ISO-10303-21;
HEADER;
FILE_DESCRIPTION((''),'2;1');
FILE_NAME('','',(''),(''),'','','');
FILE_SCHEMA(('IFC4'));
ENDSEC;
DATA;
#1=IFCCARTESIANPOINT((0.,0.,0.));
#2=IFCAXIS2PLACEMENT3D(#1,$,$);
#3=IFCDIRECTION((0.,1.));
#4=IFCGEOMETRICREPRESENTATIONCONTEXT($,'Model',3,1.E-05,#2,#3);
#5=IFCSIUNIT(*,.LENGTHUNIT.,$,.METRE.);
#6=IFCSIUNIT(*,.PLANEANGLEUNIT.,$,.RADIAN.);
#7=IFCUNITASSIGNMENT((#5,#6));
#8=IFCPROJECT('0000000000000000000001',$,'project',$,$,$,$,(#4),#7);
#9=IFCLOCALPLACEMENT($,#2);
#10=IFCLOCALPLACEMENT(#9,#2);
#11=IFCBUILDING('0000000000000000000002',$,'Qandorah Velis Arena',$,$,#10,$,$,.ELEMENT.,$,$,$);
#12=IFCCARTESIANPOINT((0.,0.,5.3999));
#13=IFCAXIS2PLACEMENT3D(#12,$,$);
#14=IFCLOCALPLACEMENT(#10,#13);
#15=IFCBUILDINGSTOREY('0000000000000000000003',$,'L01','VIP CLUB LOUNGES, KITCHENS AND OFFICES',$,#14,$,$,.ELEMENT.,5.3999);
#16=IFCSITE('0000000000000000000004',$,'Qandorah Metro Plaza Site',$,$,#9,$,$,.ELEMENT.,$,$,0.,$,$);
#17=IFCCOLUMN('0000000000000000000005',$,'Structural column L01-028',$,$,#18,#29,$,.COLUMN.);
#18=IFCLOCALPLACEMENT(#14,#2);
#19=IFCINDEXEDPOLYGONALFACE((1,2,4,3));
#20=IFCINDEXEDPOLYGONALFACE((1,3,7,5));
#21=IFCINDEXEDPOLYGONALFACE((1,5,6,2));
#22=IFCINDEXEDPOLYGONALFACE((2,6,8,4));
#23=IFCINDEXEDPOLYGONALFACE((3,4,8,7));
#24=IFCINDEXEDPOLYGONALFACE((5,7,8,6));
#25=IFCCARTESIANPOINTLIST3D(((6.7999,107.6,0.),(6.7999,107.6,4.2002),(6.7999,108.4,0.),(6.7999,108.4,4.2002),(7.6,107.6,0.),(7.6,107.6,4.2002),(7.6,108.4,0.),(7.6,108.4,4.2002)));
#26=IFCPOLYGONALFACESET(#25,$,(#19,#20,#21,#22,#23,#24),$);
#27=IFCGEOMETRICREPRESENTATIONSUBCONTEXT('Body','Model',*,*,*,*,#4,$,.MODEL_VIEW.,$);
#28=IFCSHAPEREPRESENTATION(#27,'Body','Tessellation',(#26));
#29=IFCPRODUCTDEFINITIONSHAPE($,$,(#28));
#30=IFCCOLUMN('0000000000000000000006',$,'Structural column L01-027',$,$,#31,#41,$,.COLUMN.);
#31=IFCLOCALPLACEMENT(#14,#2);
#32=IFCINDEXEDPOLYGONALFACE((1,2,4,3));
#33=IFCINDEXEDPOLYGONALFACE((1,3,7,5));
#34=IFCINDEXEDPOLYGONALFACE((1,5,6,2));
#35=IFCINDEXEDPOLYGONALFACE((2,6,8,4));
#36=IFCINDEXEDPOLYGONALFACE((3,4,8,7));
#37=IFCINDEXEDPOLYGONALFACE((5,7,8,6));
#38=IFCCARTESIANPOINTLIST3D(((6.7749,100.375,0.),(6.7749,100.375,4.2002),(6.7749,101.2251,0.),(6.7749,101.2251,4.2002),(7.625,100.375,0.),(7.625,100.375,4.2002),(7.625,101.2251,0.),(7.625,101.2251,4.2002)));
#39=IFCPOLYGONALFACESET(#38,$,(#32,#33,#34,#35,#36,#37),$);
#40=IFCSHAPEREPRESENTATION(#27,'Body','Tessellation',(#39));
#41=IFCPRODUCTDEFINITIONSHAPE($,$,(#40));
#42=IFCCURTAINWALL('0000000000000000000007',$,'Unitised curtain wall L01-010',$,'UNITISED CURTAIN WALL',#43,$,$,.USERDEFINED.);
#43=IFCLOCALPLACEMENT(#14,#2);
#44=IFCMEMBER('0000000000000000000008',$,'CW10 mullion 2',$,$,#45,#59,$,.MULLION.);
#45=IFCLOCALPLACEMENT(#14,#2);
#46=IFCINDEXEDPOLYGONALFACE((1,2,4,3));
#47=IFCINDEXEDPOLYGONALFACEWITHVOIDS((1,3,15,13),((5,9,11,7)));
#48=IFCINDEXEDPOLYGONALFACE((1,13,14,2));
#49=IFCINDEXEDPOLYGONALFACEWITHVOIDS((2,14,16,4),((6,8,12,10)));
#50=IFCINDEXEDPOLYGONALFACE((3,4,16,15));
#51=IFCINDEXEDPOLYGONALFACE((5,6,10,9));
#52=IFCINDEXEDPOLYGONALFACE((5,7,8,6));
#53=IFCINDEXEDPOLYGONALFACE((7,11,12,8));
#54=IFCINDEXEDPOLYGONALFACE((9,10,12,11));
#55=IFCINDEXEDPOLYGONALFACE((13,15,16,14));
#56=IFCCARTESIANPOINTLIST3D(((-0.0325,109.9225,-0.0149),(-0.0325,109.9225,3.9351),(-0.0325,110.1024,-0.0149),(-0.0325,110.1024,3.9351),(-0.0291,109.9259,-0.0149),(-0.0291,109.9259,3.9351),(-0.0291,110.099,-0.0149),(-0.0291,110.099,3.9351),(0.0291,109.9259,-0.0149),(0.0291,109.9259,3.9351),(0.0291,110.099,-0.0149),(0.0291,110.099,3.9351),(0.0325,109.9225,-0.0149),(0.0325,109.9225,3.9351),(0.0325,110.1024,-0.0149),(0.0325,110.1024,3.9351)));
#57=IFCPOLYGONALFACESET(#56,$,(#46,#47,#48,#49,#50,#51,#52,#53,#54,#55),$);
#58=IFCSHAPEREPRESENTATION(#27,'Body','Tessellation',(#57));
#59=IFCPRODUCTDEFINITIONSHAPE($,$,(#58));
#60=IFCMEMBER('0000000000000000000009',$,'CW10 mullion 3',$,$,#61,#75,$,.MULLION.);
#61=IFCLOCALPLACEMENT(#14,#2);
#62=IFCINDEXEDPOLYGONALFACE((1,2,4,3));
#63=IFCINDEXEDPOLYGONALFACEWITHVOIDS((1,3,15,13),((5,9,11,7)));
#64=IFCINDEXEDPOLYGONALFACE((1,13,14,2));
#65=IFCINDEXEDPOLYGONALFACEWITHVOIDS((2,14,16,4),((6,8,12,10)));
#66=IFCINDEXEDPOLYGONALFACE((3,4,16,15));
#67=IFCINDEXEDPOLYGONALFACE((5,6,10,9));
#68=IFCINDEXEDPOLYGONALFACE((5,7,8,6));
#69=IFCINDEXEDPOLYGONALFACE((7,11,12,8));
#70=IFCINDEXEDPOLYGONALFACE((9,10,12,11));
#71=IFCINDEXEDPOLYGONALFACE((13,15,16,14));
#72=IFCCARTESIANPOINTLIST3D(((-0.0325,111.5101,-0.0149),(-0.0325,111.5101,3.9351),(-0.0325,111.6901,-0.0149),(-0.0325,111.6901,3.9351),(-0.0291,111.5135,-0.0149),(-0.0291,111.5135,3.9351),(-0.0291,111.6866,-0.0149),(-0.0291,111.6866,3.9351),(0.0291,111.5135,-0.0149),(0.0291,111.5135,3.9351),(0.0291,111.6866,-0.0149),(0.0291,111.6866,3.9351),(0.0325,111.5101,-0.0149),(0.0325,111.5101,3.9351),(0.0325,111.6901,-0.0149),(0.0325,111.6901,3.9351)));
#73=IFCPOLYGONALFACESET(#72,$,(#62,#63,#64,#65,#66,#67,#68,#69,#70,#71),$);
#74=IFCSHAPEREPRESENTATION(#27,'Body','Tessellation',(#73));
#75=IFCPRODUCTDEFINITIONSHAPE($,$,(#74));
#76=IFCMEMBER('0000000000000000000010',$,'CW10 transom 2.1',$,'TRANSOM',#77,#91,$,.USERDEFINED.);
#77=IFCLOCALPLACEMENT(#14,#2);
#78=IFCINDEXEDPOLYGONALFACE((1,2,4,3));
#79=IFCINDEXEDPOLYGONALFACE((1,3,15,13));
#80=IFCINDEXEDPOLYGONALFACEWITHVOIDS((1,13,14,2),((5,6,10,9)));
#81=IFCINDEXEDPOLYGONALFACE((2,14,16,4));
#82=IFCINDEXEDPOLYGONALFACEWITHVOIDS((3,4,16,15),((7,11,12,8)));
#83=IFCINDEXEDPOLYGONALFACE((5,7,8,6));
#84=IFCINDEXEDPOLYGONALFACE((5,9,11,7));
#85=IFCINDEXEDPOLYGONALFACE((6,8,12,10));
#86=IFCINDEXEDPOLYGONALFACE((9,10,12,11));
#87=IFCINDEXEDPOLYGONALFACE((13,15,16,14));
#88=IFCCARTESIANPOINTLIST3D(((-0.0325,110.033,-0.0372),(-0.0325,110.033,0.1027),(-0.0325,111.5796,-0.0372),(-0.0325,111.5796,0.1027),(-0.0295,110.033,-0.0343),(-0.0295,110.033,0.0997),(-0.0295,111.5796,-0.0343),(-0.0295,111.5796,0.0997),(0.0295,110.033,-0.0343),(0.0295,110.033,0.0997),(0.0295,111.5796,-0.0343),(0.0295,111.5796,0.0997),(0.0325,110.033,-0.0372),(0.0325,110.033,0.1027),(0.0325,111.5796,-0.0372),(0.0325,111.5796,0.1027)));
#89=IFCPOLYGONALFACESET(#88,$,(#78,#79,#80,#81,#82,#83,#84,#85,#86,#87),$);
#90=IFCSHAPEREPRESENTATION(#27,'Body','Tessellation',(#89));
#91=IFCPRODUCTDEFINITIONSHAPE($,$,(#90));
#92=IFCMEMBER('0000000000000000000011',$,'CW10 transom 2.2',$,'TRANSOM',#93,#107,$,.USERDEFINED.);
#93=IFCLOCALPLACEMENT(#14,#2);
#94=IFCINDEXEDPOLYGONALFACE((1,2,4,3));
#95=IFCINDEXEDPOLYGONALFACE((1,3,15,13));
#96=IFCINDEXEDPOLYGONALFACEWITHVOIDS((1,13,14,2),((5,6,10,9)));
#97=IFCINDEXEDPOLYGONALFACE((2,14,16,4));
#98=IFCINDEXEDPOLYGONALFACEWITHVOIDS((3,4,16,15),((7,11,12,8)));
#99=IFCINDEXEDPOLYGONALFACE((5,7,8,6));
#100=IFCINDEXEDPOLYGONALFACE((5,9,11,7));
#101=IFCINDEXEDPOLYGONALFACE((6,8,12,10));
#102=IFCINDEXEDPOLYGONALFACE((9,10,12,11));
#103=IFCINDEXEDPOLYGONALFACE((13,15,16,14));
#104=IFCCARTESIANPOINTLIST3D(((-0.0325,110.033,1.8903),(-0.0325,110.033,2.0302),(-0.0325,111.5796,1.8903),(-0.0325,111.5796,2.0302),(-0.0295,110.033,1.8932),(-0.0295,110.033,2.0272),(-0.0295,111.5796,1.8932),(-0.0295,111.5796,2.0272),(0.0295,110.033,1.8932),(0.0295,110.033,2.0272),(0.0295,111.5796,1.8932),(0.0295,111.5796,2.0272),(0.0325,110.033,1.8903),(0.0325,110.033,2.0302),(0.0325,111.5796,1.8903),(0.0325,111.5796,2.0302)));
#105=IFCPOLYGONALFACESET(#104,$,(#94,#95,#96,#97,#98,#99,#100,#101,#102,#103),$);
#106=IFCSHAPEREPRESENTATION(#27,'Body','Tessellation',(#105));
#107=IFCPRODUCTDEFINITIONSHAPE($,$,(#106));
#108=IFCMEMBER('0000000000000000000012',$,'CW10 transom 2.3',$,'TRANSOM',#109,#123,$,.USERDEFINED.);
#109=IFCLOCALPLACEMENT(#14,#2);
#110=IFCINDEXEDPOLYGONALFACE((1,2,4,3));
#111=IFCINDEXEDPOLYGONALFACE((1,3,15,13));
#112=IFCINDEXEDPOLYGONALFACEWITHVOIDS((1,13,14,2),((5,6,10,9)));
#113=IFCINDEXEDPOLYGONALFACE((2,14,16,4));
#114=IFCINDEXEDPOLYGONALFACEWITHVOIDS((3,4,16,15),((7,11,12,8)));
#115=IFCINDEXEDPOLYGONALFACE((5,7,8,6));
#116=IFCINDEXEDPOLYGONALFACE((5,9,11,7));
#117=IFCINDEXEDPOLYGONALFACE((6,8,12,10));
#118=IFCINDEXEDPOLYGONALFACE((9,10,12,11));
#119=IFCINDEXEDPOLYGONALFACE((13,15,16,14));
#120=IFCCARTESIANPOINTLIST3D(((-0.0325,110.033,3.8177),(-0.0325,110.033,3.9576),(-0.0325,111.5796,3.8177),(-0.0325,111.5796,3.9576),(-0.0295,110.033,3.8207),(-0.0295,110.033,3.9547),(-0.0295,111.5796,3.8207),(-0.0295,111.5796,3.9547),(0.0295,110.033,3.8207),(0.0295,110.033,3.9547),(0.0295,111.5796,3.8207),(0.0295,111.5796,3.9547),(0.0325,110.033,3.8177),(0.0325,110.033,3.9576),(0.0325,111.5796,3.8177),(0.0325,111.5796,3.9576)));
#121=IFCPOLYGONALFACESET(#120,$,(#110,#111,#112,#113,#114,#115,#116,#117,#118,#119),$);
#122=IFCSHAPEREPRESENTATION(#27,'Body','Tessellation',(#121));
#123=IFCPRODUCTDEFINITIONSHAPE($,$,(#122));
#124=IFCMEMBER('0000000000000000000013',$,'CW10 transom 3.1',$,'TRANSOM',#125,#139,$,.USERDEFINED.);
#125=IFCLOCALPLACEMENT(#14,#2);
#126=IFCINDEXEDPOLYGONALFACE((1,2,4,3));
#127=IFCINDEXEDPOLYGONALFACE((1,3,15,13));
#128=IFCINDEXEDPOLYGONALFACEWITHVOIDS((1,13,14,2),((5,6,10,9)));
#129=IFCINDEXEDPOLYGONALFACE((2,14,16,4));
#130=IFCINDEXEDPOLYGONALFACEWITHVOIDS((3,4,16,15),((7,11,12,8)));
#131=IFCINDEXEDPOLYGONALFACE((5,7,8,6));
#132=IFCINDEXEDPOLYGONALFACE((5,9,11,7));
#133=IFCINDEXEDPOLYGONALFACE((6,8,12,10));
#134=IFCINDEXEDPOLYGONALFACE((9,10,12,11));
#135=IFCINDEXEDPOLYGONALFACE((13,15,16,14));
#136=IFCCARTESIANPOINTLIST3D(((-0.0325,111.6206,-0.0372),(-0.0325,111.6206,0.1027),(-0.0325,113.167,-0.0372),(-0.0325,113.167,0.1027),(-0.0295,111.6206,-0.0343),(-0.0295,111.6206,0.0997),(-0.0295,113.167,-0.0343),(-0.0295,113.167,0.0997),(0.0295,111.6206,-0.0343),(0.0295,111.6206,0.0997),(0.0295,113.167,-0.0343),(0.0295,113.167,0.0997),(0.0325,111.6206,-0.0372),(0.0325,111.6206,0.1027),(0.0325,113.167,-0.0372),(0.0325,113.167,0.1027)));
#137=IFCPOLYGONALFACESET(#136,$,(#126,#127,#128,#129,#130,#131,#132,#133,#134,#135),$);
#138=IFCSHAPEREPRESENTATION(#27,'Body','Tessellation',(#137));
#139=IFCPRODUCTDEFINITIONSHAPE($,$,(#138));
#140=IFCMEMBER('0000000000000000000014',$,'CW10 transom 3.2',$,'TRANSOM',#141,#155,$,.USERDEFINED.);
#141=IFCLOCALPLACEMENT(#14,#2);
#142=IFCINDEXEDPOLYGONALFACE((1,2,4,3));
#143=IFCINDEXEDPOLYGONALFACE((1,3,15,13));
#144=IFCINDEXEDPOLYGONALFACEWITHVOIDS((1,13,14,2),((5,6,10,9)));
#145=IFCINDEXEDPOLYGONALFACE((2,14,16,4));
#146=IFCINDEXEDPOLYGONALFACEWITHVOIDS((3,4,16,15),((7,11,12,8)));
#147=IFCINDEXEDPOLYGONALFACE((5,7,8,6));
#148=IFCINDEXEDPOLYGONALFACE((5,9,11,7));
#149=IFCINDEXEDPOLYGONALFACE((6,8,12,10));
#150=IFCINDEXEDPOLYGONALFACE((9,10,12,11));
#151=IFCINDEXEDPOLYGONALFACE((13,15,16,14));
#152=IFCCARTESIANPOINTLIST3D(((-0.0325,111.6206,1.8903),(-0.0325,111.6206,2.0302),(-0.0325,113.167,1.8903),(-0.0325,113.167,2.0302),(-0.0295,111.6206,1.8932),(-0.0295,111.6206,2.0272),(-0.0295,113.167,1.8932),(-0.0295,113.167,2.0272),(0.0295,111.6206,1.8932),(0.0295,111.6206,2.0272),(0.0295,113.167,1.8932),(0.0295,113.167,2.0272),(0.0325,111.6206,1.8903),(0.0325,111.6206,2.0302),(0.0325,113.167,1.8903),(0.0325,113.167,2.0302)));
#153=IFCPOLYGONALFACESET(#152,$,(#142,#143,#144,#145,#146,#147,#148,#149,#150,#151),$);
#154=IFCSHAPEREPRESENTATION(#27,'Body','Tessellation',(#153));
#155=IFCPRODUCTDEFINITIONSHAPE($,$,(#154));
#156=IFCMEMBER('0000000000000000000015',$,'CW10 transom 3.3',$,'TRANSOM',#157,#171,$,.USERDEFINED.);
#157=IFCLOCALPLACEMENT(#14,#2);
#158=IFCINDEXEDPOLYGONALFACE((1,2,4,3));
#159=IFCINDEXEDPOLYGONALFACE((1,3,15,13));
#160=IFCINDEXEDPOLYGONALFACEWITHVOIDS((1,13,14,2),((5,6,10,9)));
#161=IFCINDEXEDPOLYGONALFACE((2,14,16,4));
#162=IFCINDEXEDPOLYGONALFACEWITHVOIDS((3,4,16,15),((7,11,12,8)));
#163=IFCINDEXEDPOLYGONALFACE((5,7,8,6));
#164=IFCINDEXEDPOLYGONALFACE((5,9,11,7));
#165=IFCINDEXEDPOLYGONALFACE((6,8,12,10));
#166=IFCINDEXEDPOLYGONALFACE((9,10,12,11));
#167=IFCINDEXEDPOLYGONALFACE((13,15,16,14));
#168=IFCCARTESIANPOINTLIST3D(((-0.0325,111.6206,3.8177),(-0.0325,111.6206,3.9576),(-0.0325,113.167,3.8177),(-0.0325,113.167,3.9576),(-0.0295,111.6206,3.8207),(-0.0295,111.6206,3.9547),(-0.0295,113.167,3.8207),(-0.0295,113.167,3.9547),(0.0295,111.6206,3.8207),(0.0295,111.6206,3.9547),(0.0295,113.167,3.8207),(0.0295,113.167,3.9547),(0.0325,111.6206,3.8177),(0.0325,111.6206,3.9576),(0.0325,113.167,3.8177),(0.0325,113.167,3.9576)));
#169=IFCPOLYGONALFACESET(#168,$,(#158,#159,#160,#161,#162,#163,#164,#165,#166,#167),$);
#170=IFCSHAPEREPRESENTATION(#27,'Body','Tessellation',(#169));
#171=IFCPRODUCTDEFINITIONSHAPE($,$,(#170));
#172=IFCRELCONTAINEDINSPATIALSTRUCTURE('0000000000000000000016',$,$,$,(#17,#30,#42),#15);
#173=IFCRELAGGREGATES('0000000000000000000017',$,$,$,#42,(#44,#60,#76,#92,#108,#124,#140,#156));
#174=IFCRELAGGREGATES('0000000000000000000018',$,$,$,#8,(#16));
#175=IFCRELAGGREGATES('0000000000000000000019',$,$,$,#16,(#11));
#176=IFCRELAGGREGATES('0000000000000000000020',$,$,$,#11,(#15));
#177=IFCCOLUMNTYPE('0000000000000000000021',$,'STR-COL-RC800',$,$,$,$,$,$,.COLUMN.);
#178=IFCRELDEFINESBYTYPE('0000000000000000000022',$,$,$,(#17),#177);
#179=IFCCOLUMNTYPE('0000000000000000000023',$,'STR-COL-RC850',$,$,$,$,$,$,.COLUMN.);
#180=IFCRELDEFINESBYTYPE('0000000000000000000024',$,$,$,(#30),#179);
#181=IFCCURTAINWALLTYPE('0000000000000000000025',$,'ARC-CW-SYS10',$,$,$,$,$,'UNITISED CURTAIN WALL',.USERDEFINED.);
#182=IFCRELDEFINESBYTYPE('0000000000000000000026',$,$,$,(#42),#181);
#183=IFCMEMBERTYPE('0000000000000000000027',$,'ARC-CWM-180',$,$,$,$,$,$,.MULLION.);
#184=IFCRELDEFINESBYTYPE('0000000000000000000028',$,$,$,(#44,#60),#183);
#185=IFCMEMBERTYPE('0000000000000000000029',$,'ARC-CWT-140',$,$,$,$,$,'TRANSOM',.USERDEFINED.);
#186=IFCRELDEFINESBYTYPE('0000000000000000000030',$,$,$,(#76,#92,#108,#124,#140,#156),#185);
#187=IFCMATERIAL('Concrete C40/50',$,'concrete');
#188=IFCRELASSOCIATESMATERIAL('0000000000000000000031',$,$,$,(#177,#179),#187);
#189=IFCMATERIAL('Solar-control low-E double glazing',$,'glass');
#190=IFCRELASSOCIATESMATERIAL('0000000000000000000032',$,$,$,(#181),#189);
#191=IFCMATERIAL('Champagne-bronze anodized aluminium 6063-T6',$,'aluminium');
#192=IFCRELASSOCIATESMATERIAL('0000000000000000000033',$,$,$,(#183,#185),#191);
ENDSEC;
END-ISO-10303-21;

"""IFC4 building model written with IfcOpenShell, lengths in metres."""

from ifc_helpers import new_model, si_unit, direction, frame, origin, origin_2d, place, context, subcontext, project, spatial, rectangle, hollow_rectangle, extrude, material, material_profile, profile_set, type_object, element, aggregate, save


model = new_model("IFC4")

# Units and contexts
model_context = context("Model", 3, precision=1e-05, world=origin(), true_north=direction((0.0, 1.0)))
body_context = subcontext(model_context, "Body", "Model", "MODEL_VIEW")
ifc_project = project(units=[si_unit("LENGTHUNIT", "METRE"), si_unit("PLANEANGLEUNIT", "RADIAN")], contexts=[model_context])

# Site, building, storey
site_placement = place(None, origin())
site = spatial("IfcSite", under=ifc_project, at=site_placement, Name="Qandorah Metro Plaza Site", CompositionType="ELEMENT", RefElevation=0.0)
building_placement = place(site_placement, origin())
building = spatial("IfcBuilding", under=site, at=building_placement, Name="Qandorah Velis Arena", CompositionType="ELEMENT")
storey_placement = place(building_placement, frame((0.0, 0.0, 5.3999)))
storey = spatial("IfcBuildingStorey", under=building, at=storey_placement, Name="L01", Description="VIP CLUB LOUNGES, KITCHENS AND OFFICES", CompositionType="ELEMENT", Elevation=5.3999)

# Columns
ifc_material_1 = material(Name="Concrete C40/50", Category="concrete")
ifc_material_profile_1 = material_profile(ifc_material_1, rectangle(XDim=0.8, YDim=0.8, at=origin_2d()), Name="RC COL 800x800")
ifc_profile_set_1 = profile_set([ifc_material_profile_1], Name="Concrete C40/50")
column_type_1 = type_object("IfcColumnType", Name="STR-COL-RC800", PredefinedType="COLUMN", material=ifc_profile_set_1)
column_1_placement = place(storey_placement, frame((7.2, 108.0, 0.0), z_axis=(0.0, 0.0, 1.0), x_axis=(1.0, 0.0, 0.0)))
element("IfcColumn", 1, at=column_1_placement, inside=storey, type_object=column_type_1, Name="Structural column L01-028", PredefinedType="COLUMN", context=body_context, shape_type="SweptSolid", body=[
    extrude(rectangle(XDim=0.8, YDim=0.8, at=origin_2d()), origin(), (0.0, 0.0, 1.0), 4.2002),
])
ifc_material_profile_2 = material_profile(ifc_material_1, rectangle(XDim=0.8501, YDim=0.8501, at=origin_2d()), Name="RC COL 850x850")
ifc_profile_set_2 = profile_set([ifc_material_profile_2], Name="Concrete C40/50")
column_type_2 = type_object("IfcColumnType", Name="STR-COL-RC850", PredefinedType="COLUMN", material=ifc_profile_set_2)
column_2_placement = place(storey_placement, frame((7.2, 100.8, 0.0), z_axis=(0.0, 0.0, 1.0), x_axis=(1.0, 0.0, 0.0)))
element("IfcColumn", 2, at=column_2_placement, inside=storey, type_object=column_type_2, Name="Structural column L01-027", PredefinedType="COLUMN", context=body_context, shape_type="SweptSolid", body=[
    extrude(rectangle(XDim=0.8501, YDim=0.8501, at=origin_2d()), origin(), (0.0, 0.0, 1.0), 4.2002),
])

# Curtain wall, members
ifc_material_2 = material(Name="Solar-control low-E double glazing", Category="glass")
curtain_wall_type = type_object("IfcCurtainWallType", Name="ARC-CW-SYS10", ElementType="UNITISED CURTAIN WALL", PredefinedType="USERDEFINED", material=ifc_material_2)
curtain_wall_placement = place(storey_placement, origin())
curtain_wall = element("IfcCurtainWall", 3, at=curtain_wall_placement, inside=storey, type_object=curtain_wall_type, Name="Unitised curtain wall L01-010", ObjectType="UNITISED CURTAIN WALL", PredefinedType="USERDEFINED")
ifc_material_3 = material(Name="Champagne-bronze anodized aluminium 6063-T6", Category="aluminium")
ifc_material_profile_3 = material_profile(ifc_material_3, hollow_rectangle(XDim=0.0649, YDim=0.1799, WallThickness=0.0034, at=origin_2d()), Name="ALU MULLION 65x180")
ifc_profile_set_3 = profile_set([ifc_material_profile_3], Name="Champagne-bronze anodized aluminium 6063-T6")
member_type_1 = type_object("IfcMemberType", Name="ARC-CWM-180", PredefinedType="MULLION", material=ifc_profile_set_3)
member_1_placement = place(storey_placement, frame((0.0, 110.0125, -0.0149), z_axis=(0.0, 0.0, 1.0), x_axis=(-1.0, 0.0, 0.0)))
member_1 = element("IfcMember", 4, at=member_1_placement, type_object=member_type_1, Name="CW10 mullion 2", PredefinedType="MULLION", context=body_context, shape_type="SweptSolid", body=[
    extrude(hollow_rectangle(XDim=0.0649, YDim=0.1799, WallThickness=0.0034, at=origin_2d()), origin(), (0.0, 0.0, 1.0), 3.95),
])
member_2_placement = place(storey_placement, frame((0.0, 111.6001, -0.0149), z_axis=(0.0, 0.0, 1.0), x_axis=(-1.0, 0.0, 0.0)))
member_2 = element("IfcMember", 5, at=member_2_placement, type_object=member_type_1, Name="CW10 mullion 3", PredefinedType="MULLION", context=body_context, shape_type="SweptSolid", body=[
    extrude(hollow_rectangle(XDim=0.0649, YDim=0.1799, WallThickness=0.0034, at=origin_2d()), origin(), (0.0, 0.0, 1.0), 3.95),
])
ifc_material_profile_4 = material_profile(ifc_material_3, hollow_rectangle(XDim=0.0649, YDim=0.1399, WallThickness=0.0029, at=origin_2d()), Name="ALU TRANSOM 65x140")
ifc_profile_set_4 = profile_set([ifc_material_profile_4], Name="Champagne-bronze anodized aluminium 6063-T6")
member_type_2 = type_object("IfcMemberType", Name="ARC-CWT-140", ElementType="TRANSOM", PredefinedType="USERDEFINED", material=ifc_profile_set_4)
member_3_placement = place(storey_placement, frame((0.0, 110.033, 0.0327), z_axis=(0.0, 1.0, 0.0), x_axis=(-1.0, 0.0, 0.0)))
member_3 = element("IfcMember", 6, at=member_3_placement, type_object=member_type_2, Name="CW10 transom 2.1", ObjectType="TRANSOM", PredefinedType="USERDEFINED", context=body_context, shape_type="SweptSolid", body=[
    extrude(hollow_rectangle(XDim=0.0649, YDim=0.1399, WallThickness=0.0029, at=origin_2d()), origin(), (0.0, 0.0, 1.0), 1.5466),
])
member_4_placement = place(storey_placement, frame((0.0, 110.033, 1.9602), z_axis=(0.0, 1.0, 0.0), x_axis=(-1.0, 0.0, 0.0)))
member_4 = element("IfcMember", 7, at=member_4_placement, type_object=member_type_2, Name="CW10 transom 2.2", ObjectType="TRANSOM", PredefinedType="USERDEFINED", context=body_context, shape_type="SweptSolid", body=[
    extrude(hollow_rectangle(XDim=0.0649, YDim=0.1399, WallThickness=0.0029, at=origin_2d()), origin(), (0.0, 0.0, 1.0), 1.5466),
])
member_5_placement = place(storey_placement, frame((0.0, 110.033, 3.8877), z_axis=(0.0, 1.0, 0.0), x_axis=(-1.0, 0.0, 0.0)))
member_5 = element("IfcMember", 8, at=member_5_placement, type_object=member_type_2, Name="CW10 transom 2.3", ObjectType="TRANSOM", PredefinedType="USERDEFINED", context=body_context, shape_type="SweptSolid", body=[
    extrude(hollow_rectangle(XDim=0.0649, YDim=0.1399, WallThickness=0.0029, at=origin_2d()), origin(), (0.0, 0.0, 1.0), 1.5466),
])
member_6_placement = place(storey_placement, frame((0.0, 111.6206, 0.0327), z_axis=(0.0, 1.0, 0.0), x_axis=(-1.0, 0.0, 0.0)))
member_6 = element("IfcMember", 9, at=member_6_placement, type_object=member_type_2, Name="CW10 transom 3.1", ObjectType="TRANSOM", PredefinedType="USERDEFINED", context=body_context, shape_type="SweptSolid", body=[
    extrude(hollow_rectangle(XDim=0.0649, YDim=0.1399, WallThickness=0.0029, at=origin_2d()), origin(), (0.0, 0.0, 1.0), 1.5464),
])
member_7_placement = place(storey_placement, frame((0.0, 111.6206, 1.9602), z_axis=(0.0, 1.0, 0.0), x_axis=(-1.0, 0.0, 0.0)))
member_7 = element("IfcMember", 10, at=member_7_placement, type_object=member_type_2, Name="CW10 transom 3.2", ObjectType="TRANSOM", PredefinedType="USERDEFINED", context=body_context, shape_type="SweptSolid", body=[
    extrude(hollow_rectangle(XDim=0.0649, YDim=0.1399, WallThickness=0.0029, at=origin_2d()), origin(), (0.0, 0.0, 1.0), 1.5464),
])
member_8_placement = place(storey_placement, frame((0.0, 111.6206, 3.8877), z_axis=(0.0, 1.0, 0.0), x_axis=(-1.0, 0.0, 0.0)))
member_8 = element("IfcMember", 11, at=member_8_placement, type_object=member_type_2, Name="CW10 transom 3.3", ObjectType="TRANSOM", PredefinedType="USERDEFINED", context=body_context, shape_type="SweptSolid", body=[
    extrude(hollow_rectangle(XDim=0.0649, YDim=0.1399, WallThickness=0.0029, at=origin_2d()), origin(), (0.0, 0.0, 1.0), 1.5464),
])

aggregate(curtain_wall, [member_1, member_2, member_3, member_4, member_5, member_6, member_7, member_8])

save(model, "model.ifc")
